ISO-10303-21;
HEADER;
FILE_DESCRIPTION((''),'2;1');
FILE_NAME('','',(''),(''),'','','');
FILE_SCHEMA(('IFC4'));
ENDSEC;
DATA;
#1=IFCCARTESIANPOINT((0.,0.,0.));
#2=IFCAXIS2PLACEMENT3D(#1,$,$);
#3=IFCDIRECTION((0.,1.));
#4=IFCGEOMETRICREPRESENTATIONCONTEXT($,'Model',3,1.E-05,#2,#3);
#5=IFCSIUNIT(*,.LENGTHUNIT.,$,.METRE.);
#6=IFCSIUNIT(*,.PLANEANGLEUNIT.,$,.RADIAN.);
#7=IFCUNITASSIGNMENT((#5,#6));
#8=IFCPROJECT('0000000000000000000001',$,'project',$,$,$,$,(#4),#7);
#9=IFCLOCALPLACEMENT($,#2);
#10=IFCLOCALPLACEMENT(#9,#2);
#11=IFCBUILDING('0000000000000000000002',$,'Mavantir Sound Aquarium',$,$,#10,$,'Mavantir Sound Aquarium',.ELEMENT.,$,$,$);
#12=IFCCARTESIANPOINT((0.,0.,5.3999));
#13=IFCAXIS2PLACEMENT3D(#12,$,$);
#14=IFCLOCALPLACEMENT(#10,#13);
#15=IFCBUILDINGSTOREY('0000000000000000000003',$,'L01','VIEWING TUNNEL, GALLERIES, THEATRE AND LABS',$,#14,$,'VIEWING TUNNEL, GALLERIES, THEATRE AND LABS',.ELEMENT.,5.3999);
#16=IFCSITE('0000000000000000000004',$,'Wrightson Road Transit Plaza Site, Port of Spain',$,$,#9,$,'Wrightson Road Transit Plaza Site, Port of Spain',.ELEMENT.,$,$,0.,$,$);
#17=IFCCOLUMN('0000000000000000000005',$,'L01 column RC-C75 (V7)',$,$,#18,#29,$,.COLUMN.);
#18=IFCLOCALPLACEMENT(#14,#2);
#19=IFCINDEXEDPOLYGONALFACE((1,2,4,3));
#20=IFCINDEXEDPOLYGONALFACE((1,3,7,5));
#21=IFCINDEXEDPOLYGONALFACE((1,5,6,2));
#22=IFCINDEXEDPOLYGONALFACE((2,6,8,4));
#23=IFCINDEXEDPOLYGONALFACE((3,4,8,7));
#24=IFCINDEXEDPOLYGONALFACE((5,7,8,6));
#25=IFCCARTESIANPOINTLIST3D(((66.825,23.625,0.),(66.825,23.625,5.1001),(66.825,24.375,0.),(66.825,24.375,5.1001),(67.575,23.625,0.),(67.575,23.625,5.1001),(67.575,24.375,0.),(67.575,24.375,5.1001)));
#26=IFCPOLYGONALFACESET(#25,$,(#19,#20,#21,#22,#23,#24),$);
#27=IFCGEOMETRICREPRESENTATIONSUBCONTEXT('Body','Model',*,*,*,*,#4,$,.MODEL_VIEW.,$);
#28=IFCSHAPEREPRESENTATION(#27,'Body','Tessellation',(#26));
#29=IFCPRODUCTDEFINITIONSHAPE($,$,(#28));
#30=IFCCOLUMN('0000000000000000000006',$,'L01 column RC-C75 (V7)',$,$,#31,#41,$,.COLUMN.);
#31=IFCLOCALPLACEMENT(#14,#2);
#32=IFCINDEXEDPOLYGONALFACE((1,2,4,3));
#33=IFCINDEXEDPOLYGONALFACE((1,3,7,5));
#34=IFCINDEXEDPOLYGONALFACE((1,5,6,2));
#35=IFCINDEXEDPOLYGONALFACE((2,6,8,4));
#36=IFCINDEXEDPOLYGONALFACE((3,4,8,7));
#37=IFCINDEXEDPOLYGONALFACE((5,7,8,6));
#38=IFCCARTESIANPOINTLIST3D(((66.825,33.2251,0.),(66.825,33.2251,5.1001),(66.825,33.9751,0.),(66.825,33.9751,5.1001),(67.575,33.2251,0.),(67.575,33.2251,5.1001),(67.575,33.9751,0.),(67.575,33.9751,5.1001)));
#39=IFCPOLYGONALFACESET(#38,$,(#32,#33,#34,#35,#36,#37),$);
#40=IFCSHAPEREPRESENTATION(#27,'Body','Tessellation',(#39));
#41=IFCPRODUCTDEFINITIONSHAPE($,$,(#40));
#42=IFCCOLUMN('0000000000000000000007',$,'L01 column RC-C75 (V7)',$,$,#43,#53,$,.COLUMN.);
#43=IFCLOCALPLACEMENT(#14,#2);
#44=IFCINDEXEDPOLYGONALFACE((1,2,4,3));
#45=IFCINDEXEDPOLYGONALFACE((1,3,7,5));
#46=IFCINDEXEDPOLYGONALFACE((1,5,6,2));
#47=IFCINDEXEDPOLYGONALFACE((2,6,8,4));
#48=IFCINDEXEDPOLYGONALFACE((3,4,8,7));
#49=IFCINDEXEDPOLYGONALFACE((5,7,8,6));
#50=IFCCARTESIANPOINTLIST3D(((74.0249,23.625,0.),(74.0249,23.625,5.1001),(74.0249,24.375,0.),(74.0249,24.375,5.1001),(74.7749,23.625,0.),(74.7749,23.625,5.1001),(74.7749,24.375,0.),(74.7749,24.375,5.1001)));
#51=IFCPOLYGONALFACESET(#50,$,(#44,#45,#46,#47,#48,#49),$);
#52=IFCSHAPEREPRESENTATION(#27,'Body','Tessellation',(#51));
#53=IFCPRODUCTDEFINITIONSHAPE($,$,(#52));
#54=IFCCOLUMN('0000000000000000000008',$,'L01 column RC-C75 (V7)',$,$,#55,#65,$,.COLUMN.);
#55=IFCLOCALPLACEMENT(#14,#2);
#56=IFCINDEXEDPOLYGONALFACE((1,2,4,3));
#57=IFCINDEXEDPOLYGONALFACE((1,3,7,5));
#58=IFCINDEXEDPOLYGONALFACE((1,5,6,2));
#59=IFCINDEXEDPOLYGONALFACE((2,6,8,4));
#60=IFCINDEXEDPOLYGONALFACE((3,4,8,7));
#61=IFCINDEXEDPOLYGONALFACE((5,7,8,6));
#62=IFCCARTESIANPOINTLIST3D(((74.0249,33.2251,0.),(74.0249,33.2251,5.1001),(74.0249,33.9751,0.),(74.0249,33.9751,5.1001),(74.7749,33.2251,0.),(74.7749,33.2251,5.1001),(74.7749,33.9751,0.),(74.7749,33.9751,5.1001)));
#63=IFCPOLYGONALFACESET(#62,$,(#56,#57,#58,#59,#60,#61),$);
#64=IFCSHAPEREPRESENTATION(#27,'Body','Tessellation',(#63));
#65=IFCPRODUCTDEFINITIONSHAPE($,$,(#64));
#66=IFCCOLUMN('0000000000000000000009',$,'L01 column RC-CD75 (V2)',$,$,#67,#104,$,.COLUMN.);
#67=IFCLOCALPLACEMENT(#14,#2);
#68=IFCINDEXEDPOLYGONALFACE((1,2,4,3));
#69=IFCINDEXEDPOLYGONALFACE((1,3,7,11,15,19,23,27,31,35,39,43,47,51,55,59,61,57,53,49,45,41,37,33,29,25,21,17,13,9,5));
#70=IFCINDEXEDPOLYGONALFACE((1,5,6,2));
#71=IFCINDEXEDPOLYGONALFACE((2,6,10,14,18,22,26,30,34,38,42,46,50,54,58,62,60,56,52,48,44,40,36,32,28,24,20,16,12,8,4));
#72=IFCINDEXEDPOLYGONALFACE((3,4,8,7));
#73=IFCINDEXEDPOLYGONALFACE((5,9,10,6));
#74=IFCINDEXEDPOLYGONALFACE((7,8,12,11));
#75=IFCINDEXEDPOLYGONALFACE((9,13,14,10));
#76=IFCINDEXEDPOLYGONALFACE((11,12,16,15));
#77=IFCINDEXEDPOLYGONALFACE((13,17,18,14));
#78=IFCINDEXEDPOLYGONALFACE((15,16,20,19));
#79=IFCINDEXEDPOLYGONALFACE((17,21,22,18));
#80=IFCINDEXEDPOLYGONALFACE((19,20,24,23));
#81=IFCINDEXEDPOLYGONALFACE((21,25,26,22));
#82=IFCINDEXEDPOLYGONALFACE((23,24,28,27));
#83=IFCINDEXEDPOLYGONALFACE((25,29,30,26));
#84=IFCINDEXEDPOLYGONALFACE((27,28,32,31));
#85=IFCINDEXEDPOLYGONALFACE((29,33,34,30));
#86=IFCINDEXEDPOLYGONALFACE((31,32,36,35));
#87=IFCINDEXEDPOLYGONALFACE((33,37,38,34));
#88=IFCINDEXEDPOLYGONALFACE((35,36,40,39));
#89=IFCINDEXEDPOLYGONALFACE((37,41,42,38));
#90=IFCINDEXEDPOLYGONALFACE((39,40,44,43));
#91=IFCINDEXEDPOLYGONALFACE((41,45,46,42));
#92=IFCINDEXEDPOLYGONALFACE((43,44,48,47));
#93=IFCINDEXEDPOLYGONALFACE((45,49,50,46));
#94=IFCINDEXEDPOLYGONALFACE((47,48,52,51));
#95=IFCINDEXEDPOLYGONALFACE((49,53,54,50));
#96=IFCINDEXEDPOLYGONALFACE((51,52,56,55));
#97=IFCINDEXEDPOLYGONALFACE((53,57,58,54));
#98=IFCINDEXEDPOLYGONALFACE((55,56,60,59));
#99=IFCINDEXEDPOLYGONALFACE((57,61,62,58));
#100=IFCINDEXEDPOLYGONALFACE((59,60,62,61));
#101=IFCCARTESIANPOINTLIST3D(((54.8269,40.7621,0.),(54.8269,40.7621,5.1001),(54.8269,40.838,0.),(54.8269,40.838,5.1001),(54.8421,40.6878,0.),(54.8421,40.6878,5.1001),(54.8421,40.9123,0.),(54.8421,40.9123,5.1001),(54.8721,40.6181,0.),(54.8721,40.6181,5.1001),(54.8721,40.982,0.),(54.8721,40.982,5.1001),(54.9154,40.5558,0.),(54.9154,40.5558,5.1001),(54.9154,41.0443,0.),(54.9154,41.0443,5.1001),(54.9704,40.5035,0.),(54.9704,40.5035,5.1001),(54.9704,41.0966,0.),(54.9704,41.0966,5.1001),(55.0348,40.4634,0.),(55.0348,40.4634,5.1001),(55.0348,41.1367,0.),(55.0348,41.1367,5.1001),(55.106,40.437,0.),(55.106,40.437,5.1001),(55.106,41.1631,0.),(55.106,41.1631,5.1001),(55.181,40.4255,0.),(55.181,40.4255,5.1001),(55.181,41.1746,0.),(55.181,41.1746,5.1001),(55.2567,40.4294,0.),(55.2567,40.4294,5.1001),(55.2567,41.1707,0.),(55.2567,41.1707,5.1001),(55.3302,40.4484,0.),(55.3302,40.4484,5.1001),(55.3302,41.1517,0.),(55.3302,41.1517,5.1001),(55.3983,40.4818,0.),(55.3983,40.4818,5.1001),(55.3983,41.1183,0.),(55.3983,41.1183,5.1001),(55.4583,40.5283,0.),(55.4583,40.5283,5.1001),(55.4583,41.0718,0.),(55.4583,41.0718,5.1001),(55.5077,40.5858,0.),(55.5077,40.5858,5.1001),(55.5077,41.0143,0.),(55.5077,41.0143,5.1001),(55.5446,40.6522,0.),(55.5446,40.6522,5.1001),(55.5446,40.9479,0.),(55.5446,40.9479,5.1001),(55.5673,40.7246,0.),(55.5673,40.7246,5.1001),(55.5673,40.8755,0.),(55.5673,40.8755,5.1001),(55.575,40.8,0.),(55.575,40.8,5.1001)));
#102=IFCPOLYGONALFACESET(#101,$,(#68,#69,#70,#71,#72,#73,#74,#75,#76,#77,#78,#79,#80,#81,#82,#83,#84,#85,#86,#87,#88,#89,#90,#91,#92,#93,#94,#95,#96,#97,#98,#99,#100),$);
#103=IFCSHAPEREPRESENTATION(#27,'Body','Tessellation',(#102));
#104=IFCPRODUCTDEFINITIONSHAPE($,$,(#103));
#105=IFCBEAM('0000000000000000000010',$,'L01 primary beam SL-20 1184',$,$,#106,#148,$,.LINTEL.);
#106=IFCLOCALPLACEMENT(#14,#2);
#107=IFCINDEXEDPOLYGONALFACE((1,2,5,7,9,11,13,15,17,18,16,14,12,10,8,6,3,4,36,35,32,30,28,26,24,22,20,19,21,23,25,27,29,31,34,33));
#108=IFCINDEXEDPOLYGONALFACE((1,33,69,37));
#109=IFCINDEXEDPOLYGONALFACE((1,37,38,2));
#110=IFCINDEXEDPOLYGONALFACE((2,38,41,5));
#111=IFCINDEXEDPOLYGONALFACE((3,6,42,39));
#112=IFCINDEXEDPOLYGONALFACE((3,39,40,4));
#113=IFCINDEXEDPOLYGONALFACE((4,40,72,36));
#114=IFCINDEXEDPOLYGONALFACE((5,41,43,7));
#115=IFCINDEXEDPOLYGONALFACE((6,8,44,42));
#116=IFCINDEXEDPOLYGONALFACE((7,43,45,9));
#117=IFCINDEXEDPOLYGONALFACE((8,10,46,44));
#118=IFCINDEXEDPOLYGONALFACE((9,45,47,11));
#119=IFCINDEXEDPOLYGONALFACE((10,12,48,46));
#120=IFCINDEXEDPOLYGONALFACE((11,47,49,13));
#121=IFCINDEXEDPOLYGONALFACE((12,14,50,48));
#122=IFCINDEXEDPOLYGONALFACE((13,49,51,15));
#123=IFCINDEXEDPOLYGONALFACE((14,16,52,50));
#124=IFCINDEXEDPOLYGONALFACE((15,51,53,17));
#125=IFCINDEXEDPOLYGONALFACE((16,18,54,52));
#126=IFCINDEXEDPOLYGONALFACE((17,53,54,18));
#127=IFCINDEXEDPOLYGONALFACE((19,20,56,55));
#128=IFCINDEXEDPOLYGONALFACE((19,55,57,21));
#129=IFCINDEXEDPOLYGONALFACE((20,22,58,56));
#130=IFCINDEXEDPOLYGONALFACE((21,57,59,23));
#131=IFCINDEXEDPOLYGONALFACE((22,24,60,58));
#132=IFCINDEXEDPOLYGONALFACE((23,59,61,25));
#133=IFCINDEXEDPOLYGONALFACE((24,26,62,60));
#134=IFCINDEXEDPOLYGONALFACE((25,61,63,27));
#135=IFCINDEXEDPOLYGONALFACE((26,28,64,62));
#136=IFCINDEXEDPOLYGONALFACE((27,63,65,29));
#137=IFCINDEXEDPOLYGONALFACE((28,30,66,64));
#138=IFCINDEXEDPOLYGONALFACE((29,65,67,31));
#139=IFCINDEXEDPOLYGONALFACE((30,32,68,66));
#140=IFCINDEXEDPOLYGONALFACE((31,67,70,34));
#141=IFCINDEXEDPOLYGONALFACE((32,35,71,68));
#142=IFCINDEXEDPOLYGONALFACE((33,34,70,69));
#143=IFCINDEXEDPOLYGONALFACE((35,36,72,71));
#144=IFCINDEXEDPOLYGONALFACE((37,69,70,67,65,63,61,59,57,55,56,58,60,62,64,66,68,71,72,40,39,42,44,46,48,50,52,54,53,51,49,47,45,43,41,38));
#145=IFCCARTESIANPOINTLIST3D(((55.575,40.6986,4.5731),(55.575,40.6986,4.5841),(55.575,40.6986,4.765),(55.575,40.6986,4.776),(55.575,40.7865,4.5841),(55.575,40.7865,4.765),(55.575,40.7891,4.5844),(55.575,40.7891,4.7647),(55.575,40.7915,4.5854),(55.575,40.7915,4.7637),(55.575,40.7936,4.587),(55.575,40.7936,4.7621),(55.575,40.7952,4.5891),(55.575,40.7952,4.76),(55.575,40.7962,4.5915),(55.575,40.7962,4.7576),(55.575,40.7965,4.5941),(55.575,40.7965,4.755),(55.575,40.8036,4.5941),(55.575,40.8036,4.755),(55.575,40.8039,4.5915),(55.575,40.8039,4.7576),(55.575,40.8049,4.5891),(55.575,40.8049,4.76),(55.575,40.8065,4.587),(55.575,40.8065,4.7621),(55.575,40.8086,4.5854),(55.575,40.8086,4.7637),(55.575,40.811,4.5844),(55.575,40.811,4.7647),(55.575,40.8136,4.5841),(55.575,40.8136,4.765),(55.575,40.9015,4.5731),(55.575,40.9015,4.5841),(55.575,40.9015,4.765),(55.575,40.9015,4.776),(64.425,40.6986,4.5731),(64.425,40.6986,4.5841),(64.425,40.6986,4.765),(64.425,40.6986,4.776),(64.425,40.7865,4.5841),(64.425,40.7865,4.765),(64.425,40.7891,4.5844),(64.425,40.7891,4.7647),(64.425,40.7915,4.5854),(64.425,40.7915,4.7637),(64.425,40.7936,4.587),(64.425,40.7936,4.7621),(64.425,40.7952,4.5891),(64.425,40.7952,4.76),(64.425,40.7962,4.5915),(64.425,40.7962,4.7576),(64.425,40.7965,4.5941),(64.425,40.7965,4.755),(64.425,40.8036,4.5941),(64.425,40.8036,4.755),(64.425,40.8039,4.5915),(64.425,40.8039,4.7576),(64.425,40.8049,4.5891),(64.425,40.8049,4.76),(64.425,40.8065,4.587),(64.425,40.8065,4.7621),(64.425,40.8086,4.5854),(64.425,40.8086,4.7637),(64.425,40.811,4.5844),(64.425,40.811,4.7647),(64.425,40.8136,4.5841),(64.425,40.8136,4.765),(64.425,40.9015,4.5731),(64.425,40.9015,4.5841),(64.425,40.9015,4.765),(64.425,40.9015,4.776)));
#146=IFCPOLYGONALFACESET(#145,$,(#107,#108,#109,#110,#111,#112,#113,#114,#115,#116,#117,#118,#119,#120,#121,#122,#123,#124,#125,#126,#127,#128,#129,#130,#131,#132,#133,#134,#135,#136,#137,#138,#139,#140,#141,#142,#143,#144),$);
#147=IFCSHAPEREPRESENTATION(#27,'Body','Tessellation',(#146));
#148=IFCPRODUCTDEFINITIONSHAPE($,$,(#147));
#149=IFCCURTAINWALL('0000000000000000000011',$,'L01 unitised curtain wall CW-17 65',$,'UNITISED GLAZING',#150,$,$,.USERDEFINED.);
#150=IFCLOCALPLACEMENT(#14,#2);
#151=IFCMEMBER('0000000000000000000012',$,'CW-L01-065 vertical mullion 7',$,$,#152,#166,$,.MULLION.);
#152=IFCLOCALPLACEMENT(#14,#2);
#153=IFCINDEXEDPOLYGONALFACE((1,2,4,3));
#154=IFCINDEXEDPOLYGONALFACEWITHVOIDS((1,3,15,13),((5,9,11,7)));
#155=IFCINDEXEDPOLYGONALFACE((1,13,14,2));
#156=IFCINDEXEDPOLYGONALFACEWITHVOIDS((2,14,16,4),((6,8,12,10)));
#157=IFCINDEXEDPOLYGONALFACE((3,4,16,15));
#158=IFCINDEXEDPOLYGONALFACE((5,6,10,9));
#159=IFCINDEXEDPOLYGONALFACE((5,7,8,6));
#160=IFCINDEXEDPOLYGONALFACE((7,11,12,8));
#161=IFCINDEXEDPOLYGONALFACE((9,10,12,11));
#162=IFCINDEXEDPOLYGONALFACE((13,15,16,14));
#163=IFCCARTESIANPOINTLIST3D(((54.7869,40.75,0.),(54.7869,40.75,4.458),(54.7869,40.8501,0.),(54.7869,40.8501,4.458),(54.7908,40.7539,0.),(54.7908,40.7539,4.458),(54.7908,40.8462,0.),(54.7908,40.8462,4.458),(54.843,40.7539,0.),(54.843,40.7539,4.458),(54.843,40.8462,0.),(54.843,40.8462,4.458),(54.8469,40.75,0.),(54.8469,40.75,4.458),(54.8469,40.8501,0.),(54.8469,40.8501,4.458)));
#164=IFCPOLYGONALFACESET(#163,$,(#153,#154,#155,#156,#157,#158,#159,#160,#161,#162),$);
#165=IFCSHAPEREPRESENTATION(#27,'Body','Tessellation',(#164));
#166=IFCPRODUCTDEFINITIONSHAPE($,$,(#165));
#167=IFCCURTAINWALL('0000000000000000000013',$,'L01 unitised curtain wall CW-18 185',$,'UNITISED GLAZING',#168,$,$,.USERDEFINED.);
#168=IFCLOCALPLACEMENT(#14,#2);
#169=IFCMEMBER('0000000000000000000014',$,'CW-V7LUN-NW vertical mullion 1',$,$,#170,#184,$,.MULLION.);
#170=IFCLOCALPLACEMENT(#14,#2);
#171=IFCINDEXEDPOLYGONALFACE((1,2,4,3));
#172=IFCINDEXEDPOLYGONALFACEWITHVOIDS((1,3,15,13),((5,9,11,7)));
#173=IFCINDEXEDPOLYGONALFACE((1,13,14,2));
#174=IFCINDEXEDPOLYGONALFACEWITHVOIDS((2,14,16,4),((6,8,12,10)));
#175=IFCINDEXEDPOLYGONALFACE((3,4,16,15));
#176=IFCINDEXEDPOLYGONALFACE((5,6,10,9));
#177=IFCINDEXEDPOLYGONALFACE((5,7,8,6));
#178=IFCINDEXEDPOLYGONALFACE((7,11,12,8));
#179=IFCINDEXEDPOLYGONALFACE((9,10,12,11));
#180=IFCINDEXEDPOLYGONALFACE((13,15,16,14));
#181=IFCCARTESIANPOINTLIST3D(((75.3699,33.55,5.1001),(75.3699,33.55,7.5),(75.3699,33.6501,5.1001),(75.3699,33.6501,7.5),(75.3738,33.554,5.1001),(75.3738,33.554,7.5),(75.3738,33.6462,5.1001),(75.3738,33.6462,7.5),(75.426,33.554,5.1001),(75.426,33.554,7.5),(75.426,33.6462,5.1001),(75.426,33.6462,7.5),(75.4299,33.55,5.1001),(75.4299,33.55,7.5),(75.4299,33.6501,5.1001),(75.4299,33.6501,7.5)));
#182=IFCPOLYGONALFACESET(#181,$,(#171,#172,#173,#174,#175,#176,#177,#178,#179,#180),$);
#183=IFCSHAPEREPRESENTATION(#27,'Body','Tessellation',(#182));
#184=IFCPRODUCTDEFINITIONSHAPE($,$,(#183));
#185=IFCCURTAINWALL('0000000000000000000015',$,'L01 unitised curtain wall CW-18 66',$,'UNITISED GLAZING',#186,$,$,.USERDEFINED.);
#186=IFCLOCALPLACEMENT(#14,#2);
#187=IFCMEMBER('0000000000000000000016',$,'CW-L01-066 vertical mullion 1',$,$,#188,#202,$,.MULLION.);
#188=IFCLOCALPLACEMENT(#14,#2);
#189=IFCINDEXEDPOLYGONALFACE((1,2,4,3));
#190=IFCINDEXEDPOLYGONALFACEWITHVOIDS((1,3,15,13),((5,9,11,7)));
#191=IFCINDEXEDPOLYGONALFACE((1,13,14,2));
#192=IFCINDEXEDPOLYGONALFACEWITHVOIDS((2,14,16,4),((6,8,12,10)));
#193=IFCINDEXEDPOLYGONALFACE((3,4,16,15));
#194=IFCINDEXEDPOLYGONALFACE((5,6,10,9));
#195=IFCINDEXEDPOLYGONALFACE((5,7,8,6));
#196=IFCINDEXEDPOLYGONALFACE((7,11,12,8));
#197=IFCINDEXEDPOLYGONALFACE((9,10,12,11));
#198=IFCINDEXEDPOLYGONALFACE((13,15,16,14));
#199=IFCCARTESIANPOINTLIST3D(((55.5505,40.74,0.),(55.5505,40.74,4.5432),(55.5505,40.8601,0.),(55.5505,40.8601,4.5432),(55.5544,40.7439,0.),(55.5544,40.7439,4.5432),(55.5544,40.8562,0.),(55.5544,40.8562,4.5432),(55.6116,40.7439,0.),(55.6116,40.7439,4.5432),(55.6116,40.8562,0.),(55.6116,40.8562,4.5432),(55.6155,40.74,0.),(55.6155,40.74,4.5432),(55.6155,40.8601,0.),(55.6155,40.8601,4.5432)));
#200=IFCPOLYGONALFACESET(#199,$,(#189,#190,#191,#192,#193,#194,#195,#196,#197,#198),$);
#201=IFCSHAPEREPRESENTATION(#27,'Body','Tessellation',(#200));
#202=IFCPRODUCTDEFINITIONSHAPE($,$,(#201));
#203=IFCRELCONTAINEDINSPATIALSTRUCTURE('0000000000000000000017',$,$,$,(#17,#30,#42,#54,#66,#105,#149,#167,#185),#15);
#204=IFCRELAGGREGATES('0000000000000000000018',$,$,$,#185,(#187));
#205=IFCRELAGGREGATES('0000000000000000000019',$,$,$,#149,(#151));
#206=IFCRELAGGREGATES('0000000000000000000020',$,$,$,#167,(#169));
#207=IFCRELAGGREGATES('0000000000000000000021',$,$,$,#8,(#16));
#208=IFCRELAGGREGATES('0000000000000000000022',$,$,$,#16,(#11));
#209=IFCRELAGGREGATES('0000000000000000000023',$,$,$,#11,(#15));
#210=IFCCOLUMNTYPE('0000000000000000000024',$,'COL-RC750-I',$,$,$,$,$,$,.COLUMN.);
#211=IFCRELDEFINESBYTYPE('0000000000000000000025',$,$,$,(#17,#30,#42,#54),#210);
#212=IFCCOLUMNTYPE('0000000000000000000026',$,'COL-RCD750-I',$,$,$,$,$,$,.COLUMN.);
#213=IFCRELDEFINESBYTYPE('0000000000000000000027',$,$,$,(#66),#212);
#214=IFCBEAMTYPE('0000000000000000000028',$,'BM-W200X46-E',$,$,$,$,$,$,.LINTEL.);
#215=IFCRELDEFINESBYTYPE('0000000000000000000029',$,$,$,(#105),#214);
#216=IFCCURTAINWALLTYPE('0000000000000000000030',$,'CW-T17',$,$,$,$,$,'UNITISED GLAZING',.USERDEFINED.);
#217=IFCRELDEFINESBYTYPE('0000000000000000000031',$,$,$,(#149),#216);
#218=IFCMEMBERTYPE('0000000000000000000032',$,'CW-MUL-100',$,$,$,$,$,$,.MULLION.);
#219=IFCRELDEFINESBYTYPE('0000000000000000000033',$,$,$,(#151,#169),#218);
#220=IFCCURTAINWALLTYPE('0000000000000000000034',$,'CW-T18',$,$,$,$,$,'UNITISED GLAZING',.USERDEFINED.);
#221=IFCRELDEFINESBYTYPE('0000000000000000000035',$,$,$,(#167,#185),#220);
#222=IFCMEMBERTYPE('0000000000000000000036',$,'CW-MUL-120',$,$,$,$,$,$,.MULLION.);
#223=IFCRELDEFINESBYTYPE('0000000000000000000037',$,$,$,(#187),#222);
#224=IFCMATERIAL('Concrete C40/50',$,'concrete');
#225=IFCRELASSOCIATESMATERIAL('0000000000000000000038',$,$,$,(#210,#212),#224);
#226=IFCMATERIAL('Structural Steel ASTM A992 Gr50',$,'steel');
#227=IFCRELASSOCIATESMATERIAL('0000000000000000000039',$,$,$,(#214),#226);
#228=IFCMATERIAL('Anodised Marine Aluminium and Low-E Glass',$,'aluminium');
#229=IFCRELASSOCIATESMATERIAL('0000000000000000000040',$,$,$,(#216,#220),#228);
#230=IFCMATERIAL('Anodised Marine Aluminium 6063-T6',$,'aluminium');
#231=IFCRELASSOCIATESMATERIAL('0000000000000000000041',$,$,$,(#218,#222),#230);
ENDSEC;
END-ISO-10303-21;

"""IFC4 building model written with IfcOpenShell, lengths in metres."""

from ifc_helpers import new_model, si_unit, direction, frame, origin, origin_2d, place, context, subcontext, project, spatial, rectangle, hollow_rectangle, circle, i_section, extrude, material, material_profile, profile_set, type_object, element, aggregate, save


model = new_model("IFC4")

# Units and contexts
model_context = context("Model", 3, precision=1e-05, world=origin(), true_north=direction((0.0, 1.0)))
body_context = subcontext(model_context, "Body", "Model", "MODEL_VIEW")
ifc_project = project(units=[si_unit("LENGTHUNIT", "METRE"), si_unit("PLANEANGLEUNIT", "RADIAN")], contexts=[model_context])

# Site, building, storey
site_placement = place(None, origin())
site = spatial("IfcSite", under=ifc_project, at=site_placement, Name="Wrightson Road Transit Plaza Site, Port of Spain", LongName="Wrightson Road Transit Plaza Site, Port of Spain", CompositionType="ELEMENT", RefElevation=0.0)
building_placement = place(site_placement, origin())
building = spatial("IfcBuilding", under=site, at=building_placement, Name="Mavantir Sound Aquarium", LongName="Mavantir Sound Aquarium", CompositionType="ELEMENT")
storey_placement = place(building_placement, frame((0.0, 0.0, 5.3999)))
storey = spatial("IfcBuildingStorey", under=building, at=storey_placement, Name="L01", Description="VIEWING TUNNEL, GALLERIES, THEATRE AND LABS", LongName="VIEWING TUNNEL, GALLERIES, THEATRE AND LABS", CompositionType="ELEMENT", Elevation=5.3999)

# Columns
ifc_material_1 = material(Name="Concrete C40/50", Category="concrete")
ifc_material_profile_1 = material_profile(ifc_material_1, rectangle(XDim=0.75, YDim=0.75, at=origin_2d()), Name="RC 750X750")
ifc_profile_set_1 = profile_set([ifc_material_profile_1], Name="Concrete C40/50")
column_type_1 = type_object("IfcColumnType", Name="COL-RC750-I", PredefinedType="COLUMN", material=ifc_profile_set_1)
for number, where, z_axis, x_axis, name in (
    (1, (67.2, 24.0, 0.0), (0.0, 0.0, 1.0), (1.0, 0.0, 0.0), "L01 column RC-C75 (V7)"),
    (2, (67.2, 33.6001, 0.0), (0.0, 0.0, 1.0), (1.0, 0.0, 0.0), "L01 column RC-C75 (V7)"),
    (3, (74.3999, 24.0, 0.0), (0.0, 0.0, 1.0), (1.0, 0.0, 0.0), "L01 column RC-C75 (V7)"),
    (4, (74.3999, 33.6001, 0.0), (0.0, 0.0, 1.0), (1.0, 0.0, 0.0), "L01 column RC-C75 (V7)"),
):
    element("IfcColumn", number, at=place(storey_placement, frame(where, z_axis=z_axis, x_axis=x_axis)), inside=storey, type_object=column_type_1, Name=name, PredefinedType="COLUMN", context=body_context, shape_type="SweptSolid", body=[
        extrude(rectangle(XDim=0.75, YDim=0.75, at=origin_2d()), origin(), (0.0, 0.0, 1.0), 5.1001),
    ])
ifc_material_profile_2 = material_profile(ifc_material_1, circle(Radius=0.375, at=origin_2d()), Name="RC D750")
ifc_profile_set_2 = profile_set([ifc_material_profile_2], Name="Concrete C40/50")
column_type_2 = type_object("IfcColumnType", Name="COL-RCD750-I", PredefinedType="COLUMN", material=ifc_profile_set_2)
column_placement = place(storey_placement, frame((55.2, 40.8, 0.0), z_axis=(0.0, 0.0, 1.0), x_axis=(1.0, 0.0, 0.0)))
element("IfcColumn", 5, at=column_placement, inside=storey, type_object=column_type_2, Name="L01 column RC-CD75 (V2)", PredefinedType="COLUMN", context=body_context, shape_type="SweptSolid", body=[
    extrude(circle(Radius=0.375, at=origin_2d()), origin(), (0.0, 0.0, 1.0), 5.1001),
])

# Beam
ifc_material_2 = material(Name="Structural Steel ASTM A992 Gr50", Category="steel")
ifc_material_profile_3 = material_profile(ifc_material_2, i_section(OverallWidth=0.2029, OverallDepth=0.2029, WebThickness=0.0071, FlangeThickness=0.011, FilletRadius=0.01, at=origin_2d()), Name="W200X46")
ifc_profile_set_3 = profile_set([ifc_material_profile_3], Name="Structural Steel ASTM A992 Gr50")
beam_type = type_object("IfcBeamType", Name="BM-W200X46-E", PredefinedType="LINTEL", material=ifc_profile_set_3)
beam_placement = place(storey_placement, frame((55.575, 40.8, 4.6746), z_axis=(1.0, 0.0, 0.0), x_axis=(0.0, 1.0, 0.0)))
element("IfcBeam", 6, at=beam_placement, inside=storey, type_object=beam_type, Name="L01 primary beam SL-20 1184", PredefinedType="LINTEL", context=body_context, shape_type="SweptSolid", body=[
    extrude(i_section(OverallWidth=0.2029, OverallDepth=0.2029, WebThickness=0.0071, FlangeThickness=0.011, FilletRadius=0.01, at=origin_2d()), origin(), (0.0, 0.0, 1.0), 8.8501),
])

# Curtain walls, members
ifc_material_3 = material(Name="Anodised Marine Aluminium and Low-E Glass", Category="aluminium")
curtain_wall_type_1 = type_object("IfcCurtainWallType", Name="CW-T17", ElementType="UNITISED GLAZING", PredefinedType="USERDEFINED", material=ifc_material_3)
curtain_wall_1_placement = place(storey_placement, origin())
curtain_wall_1 = element("IfcCurtainWall", 7, at=curtain_wall_1_placement, inside=storey, type_object=curtain_wall_type_1, Name="L01 unitised curtain wall CW-17 65", ObjectType="UNITISED GLAZING", PredefinedType="USERDEFINED")
ifc_material_4 = material(Name="Anodised Marine Aluminium 6063-T6", Category="aluminium")
ifc_material_profile_4 = material_profile(ifc_material_4, hollow_rectangle(XDim=0.0601, YDim=0.1001, WallThickness=0.0039, at=origin_2d()), Name="ALU-MULLION-100X60")
ifc_profile_set_4 = profile_set([ifc_material_profile_4], Name="Anodised Marine Aluminium 6063-T6")
member_type_1 = type_object("IfcMemberType", Name="CW-MUL-100", PredefinedType="MULLION", material=ifc_profile_set_4)
member_1_placement = place(storey_placement, frame((54.8169, 40.8, 0.0), z_axis=(0.0, 0.0, 1.0), x_axis=(1.0, 0.0, 0.0)))
member_1 = element("IfcMember", 8, at=member_1_placement, type_object=member_type_1, Name="CW-L01-065 vertical mullion 7", PredefinedType="MULLION", context=body_context, shape_type="SweptSolid", body=[
    extrude(hollow_rectangle(XDim=0.0601, YDim=0.1001, WallThickness=0.0039, at=origin_2d()), origin(), (0.0, 0.0, 1.0), 4.458),
])
curtain_wall_type_2 = type_object("IfcCurtainWallType", Name="CW-T18", ElementType="UNITISED GLAZING", PredefinedType="USERDEFINED", material=ifc_material_3)
curtain_wall_2_placement = place(storey_placement, origin())
curtain_wall_2 = element("IfcCurtainWall", 9, at=curtain_wall_2_placement, inside=storey, type_object=curtain_wall_type_2, Name="L01 unitised curtain wall CW-18 185", ObjectType="UNITISED GLAZING", PredefinedType="USERDEFINED")
member_2_placement = place(storey_placement, frame((75.3999, 33.6001, 5.1001), z_axis=(0.0, 0.0, 1.0), x_axis=(1.0, 0.0, 0.0)))
member_2 = element("IfcMember", 10, at=member_2_placement, type_object=member_type_1, Name="CW-V7LUN-NW vertical mullion 1", PredefinedType="MULLION", context=body_context, shape_type="SweptSolid", body=[
    extrude(hollow_rectangle(XDim=0.0601, YDim=0.1001, WallThickness=0.0039, at=origin_2d()), origin(), (0.0, 0.0, 1.0), 2.3999),
])
curtain_wall_3_placement = place(storey_placement, origin())
curtain_wall_3 = element("IfcCurtainWall", 11, at=curtain_wall_3_placement, inside=storey, type_object=curtain_wall_type_2, Name="L01 unitised curtain wall CW-18 66", ObjectType="UNITISED GLAZING", PredefinedType="USERDEFINED")
ifc_material_profile_5 = material_profile(ifc_material_4, hollow_rectangle(XDim=0.0649, YDim=0.1201, WallThickness=0.0039, at=origin_2d()), Name="ALU-MULLION-120X65")
ifc_profile_set_5 = profile_set([ifc_material_profile_5], Name="Anodised Marine Aluminium 6063-T6")
member_type_2 = type_object("IfcMemberType", Name="CW-MUL-120", PredefinedType="MULLION", material=ifc_profile_set_5)
member_3_placement = place(storey_placement, frame((55.583, 40.8, 0.0), z_axis=(0.0, 0.0, 1.0), x_axis=(1.0, 0.0, 0.0)))
member_3 = element("IfcMember", 12, at=member_3_placement, type_object=member_type_2, Name="CW-L01-066 vertical mullion 1", PredefinedType="MULLION", context=body_context, shape_type="SweptSolid", body=[
    extrude(hollow_rectangle(XDim=0.0649, YDim=0.1201, WallThickness=0.0039, at=origin_2d()), origin(), (0.0, 0.0, 1.0), 4.5432),
])

aggregate(curtain_wall_3, [member_3])

aggregate(curtain_wall_1, [member_1])
aggregate(curtain_wall_2, [member_2])

save(model, "model.ifc")
